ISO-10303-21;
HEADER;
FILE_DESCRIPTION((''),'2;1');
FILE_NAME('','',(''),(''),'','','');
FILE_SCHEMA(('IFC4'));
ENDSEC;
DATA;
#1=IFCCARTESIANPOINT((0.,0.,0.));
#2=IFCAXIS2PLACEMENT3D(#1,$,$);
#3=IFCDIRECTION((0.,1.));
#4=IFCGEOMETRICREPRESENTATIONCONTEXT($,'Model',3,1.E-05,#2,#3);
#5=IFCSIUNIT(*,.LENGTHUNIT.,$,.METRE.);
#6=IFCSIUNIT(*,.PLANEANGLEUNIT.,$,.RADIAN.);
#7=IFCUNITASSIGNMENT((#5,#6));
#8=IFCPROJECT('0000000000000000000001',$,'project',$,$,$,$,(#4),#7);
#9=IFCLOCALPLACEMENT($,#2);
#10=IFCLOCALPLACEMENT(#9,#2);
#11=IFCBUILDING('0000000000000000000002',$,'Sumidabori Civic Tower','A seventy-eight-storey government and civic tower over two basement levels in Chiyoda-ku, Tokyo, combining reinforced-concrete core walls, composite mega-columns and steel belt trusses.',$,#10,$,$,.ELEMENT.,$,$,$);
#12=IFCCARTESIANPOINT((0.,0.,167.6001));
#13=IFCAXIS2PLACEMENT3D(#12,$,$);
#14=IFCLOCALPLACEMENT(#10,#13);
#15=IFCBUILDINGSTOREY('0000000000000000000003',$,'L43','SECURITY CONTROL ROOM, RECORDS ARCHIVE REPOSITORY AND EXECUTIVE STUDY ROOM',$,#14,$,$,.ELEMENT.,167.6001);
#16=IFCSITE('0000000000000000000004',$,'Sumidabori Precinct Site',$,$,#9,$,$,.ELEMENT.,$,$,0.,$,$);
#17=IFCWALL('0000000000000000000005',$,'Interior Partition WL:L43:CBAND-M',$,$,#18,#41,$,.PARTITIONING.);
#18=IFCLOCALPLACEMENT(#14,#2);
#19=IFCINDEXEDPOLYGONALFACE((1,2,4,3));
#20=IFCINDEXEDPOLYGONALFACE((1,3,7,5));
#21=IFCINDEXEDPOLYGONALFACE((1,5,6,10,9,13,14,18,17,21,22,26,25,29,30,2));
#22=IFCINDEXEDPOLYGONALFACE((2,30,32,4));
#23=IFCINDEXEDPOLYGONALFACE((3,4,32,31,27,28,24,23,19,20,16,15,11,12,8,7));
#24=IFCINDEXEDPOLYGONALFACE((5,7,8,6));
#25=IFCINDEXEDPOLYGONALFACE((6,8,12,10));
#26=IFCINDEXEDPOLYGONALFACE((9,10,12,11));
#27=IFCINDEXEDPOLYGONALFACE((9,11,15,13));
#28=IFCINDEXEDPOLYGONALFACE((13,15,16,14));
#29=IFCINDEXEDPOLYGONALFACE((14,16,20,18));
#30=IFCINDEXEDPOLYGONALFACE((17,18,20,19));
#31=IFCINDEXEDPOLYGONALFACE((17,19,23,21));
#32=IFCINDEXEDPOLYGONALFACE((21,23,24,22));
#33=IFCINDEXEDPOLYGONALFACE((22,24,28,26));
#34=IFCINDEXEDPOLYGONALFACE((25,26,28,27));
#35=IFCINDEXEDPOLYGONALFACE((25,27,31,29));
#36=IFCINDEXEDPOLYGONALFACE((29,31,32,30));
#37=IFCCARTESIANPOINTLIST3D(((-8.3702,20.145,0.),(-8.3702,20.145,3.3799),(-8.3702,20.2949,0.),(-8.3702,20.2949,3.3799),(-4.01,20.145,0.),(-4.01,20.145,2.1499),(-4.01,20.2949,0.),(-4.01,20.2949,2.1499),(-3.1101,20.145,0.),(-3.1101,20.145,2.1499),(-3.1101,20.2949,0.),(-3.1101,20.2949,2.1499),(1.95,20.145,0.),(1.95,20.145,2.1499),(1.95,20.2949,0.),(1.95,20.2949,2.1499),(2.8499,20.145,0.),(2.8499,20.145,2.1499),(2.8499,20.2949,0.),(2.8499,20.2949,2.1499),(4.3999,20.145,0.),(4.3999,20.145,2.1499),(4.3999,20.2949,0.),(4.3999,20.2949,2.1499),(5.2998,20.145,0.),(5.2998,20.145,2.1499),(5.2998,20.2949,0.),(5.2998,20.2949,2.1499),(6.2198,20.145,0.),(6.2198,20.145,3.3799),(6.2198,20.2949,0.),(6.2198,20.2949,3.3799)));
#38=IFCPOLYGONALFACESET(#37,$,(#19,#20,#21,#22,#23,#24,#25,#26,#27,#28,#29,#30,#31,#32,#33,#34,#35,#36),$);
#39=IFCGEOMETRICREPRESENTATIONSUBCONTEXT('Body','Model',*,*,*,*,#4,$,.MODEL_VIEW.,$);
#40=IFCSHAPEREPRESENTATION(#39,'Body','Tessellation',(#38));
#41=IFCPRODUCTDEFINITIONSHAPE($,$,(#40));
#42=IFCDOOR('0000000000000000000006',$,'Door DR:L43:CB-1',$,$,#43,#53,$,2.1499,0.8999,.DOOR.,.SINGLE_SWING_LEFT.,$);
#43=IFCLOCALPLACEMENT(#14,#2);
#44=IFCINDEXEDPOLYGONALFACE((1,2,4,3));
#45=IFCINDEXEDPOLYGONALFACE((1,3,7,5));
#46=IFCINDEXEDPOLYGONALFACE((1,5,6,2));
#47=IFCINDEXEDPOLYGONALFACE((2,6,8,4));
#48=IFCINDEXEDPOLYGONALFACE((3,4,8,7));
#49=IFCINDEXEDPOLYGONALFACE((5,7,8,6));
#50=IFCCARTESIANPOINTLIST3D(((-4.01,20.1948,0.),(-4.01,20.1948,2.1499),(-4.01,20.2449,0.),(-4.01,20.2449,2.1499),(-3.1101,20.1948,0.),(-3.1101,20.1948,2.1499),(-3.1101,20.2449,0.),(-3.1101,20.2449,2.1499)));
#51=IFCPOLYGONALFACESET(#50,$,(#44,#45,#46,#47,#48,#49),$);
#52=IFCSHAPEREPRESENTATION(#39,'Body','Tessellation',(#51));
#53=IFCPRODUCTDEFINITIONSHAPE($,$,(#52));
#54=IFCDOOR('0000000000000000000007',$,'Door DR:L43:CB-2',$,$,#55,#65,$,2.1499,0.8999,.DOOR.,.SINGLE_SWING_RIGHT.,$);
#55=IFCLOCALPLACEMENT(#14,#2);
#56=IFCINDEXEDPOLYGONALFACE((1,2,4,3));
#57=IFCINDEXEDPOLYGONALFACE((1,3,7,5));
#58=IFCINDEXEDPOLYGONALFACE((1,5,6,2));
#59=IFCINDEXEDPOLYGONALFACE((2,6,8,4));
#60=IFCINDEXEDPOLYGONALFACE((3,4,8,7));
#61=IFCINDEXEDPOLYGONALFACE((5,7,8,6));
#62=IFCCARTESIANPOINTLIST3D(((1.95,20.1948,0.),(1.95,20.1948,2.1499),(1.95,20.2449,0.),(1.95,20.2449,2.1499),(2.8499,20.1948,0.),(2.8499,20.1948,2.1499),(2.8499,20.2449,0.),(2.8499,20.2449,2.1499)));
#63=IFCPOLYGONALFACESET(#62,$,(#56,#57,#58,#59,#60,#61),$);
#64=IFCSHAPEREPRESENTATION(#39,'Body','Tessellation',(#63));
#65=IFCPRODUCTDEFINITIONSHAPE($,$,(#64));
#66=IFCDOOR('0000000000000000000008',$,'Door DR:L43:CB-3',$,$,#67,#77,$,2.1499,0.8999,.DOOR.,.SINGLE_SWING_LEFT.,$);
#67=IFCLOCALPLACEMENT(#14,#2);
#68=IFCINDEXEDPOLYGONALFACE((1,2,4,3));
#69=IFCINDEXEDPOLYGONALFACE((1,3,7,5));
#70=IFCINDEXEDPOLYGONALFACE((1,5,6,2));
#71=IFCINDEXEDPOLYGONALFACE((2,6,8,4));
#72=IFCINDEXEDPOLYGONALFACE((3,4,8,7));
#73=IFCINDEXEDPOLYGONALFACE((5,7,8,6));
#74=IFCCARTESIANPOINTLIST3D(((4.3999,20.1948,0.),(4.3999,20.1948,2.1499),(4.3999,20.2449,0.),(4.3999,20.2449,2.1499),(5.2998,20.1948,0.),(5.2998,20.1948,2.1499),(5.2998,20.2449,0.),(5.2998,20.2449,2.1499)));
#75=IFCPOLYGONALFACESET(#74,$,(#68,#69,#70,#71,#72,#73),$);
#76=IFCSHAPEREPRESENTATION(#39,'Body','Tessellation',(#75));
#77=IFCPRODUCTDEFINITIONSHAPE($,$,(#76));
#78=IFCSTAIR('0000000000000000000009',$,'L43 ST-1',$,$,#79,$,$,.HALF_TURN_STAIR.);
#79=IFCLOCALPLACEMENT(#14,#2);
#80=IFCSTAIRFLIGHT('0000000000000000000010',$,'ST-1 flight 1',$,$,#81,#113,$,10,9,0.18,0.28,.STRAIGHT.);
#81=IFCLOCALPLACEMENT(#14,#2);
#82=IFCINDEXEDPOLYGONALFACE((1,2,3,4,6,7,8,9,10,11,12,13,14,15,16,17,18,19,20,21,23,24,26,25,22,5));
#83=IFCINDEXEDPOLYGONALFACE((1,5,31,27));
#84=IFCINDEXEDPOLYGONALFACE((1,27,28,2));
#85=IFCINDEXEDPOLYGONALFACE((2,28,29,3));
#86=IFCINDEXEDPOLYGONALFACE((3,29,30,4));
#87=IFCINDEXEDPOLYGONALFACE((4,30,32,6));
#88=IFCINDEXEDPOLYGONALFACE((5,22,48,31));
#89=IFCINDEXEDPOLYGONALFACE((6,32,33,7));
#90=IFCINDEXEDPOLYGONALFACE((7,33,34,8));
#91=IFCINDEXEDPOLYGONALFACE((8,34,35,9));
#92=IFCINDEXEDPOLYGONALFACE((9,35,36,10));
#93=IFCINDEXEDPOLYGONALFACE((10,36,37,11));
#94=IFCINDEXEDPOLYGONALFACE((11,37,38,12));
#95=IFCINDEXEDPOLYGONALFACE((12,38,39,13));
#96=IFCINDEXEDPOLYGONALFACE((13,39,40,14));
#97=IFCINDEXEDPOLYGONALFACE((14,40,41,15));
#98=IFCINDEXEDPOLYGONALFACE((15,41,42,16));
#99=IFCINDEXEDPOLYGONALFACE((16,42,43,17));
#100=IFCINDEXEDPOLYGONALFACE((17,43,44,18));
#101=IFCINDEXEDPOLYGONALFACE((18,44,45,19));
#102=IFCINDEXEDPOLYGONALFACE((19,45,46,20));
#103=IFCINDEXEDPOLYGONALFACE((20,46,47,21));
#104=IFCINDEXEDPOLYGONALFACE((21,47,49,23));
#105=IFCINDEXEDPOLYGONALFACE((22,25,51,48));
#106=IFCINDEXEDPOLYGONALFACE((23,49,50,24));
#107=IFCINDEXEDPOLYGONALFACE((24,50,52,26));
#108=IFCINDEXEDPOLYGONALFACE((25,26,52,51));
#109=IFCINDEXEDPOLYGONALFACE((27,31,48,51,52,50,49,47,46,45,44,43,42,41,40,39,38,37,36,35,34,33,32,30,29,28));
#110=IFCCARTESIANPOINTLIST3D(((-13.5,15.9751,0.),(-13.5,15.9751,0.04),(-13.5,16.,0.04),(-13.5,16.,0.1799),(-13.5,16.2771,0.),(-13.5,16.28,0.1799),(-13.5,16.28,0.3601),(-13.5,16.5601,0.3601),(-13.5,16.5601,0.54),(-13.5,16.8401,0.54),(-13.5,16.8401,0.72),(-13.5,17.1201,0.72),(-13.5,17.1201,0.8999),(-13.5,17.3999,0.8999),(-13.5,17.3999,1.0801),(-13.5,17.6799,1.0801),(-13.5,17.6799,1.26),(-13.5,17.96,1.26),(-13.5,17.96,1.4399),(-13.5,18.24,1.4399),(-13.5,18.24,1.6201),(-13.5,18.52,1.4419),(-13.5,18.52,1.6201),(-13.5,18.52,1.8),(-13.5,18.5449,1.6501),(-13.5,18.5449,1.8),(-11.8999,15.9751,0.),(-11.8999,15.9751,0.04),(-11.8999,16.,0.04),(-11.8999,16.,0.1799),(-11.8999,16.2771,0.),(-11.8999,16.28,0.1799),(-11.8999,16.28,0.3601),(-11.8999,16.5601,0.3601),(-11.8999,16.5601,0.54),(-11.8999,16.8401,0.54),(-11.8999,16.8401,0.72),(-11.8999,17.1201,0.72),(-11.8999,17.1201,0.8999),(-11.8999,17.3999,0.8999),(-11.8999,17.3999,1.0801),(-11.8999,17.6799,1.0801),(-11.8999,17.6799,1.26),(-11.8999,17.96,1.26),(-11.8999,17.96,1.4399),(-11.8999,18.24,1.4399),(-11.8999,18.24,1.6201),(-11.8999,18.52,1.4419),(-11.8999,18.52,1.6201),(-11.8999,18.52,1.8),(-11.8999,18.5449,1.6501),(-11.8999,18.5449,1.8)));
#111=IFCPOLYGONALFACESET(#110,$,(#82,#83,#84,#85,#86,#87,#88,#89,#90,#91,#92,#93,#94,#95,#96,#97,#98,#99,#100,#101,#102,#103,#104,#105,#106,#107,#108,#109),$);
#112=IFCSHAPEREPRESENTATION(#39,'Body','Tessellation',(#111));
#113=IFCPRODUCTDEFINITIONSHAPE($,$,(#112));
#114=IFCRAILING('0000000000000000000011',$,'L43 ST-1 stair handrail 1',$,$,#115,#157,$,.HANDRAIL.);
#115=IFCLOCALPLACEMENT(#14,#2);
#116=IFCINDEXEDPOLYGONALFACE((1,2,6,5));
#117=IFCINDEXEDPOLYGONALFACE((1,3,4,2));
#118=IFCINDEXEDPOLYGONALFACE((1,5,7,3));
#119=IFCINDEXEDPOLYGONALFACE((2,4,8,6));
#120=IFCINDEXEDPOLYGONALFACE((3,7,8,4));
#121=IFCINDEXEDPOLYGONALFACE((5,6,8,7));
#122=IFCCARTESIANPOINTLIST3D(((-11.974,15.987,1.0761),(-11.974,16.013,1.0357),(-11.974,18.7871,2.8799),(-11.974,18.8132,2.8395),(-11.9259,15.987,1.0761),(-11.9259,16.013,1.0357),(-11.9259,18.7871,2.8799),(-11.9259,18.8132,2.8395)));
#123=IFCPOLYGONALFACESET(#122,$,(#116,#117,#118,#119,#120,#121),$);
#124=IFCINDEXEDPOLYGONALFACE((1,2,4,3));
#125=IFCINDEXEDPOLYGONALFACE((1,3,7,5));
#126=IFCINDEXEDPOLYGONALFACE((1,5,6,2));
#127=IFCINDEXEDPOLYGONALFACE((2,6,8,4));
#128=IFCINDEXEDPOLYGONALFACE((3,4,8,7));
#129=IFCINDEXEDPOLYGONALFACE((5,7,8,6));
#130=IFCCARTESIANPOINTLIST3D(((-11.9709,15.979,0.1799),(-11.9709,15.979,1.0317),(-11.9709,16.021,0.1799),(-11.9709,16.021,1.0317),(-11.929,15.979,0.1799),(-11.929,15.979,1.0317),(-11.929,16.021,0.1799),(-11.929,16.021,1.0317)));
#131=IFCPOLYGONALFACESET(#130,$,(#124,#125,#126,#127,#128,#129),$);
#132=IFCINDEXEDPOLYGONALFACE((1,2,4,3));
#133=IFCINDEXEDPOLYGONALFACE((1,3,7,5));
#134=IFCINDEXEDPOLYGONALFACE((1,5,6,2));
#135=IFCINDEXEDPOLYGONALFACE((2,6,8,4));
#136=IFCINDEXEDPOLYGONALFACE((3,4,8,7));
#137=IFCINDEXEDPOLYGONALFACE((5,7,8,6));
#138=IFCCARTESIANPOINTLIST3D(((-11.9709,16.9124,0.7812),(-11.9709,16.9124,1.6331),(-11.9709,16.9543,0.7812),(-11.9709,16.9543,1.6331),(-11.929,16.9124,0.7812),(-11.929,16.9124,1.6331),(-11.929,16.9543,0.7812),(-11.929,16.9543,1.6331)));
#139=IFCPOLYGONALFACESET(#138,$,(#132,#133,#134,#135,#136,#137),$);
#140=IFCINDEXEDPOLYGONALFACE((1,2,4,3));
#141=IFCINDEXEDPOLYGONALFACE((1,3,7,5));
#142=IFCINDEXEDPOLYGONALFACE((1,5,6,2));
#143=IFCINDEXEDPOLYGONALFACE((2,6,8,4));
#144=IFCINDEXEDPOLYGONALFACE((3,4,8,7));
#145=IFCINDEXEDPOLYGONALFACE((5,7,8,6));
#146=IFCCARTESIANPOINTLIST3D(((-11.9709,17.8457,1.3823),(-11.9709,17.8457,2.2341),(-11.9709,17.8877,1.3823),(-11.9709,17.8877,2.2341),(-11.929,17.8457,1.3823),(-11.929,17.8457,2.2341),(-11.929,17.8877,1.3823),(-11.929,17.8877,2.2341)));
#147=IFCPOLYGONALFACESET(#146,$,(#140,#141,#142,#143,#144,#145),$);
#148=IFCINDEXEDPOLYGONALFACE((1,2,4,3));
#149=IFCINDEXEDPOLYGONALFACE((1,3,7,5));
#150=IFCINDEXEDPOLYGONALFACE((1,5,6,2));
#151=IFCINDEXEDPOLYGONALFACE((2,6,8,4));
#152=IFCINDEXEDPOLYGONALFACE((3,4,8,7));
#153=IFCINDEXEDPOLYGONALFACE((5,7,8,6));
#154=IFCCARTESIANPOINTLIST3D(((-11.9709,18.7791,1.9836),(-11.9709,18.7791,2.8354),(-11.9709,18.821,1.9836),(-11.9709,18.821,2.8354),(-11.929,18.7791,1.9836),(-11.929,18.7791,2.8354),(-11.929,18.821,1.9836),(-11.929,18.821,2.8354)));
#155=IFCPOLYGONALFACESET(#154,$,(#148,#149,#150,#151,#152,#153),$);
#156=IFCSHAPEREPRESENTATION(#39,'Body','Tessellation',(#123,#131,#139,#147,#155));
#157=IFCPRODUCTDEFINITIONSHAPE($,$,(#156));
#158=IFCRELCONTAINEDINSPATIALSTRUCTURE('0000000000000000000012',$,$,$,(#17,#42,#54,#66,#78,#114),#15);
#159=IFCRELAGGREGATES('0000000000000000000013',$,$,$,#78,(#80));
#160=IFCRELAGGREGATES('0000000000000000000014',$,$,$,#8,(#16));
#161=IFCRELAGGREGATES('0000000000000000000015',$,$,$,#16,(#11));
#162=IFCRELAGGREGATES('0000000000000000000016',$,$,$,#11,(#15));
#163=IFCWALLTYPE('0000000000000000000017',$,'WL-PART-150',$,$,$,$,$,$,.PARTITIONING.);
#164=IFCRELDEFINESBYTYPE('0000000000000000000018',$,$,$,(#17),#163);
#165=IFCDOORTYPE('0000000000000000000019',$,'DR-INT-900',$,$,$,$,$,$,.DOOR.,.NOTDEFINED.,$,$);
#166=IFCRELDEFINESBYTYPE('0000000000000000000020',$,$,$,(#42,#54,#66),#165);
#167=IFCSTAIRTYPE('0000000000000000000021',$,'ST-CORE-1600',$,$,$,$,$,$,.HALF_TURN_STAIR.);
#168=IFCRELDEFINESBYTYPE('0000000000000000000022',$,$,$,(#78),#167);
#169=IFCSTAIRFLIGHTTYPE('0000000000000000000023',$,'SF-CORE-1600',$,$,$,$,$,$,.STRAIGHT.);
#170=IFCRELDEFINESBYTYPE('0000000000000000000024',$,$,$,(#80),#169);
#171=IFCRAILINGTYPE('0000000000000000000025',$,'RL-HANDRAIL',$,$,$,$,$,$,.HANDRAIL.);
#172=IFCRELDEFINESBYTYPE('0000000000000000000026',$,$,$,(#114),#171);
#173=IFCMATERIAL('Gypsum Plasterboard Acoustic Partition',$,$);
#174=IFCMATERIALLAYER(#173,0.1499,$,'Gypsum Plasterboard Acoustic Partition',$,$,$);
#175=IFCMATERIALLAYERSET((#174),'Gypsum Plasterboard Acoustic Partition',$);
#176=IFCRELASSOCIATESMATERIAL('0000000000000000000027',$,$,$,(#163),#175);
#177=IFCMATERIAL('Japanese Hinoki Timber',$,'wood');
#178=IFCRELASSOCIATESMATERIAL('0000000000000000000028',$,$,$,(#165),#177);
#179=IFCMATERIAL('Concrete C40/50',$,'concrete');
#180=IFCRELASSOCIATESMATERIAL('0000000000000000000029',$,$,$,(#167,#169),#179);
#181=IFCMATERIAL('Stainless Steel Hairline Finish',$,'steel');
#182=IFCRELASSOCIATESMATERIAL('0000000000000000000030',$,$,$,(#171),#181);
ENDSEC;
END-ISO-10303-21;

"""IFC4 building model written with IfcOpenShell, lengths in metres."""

from ifc_helpers import new_model, si_unit, direction, frame, frame_2d, origin, origin_2d, place, context, subcontext, project, spatial, polyline, rectangle, outline, extrude, source, transform, mapped, material, layer, layer_set, type_object, element, fill, aggregate, save


model = new_model("IFC4")

# Units and contexts
model_context = context("Model", 3, precision=1e-05, world=origin(), true_north=direction((0.0, 1.0)))
body_context = subcontext(model_context, "Body", "Model", "MODEL_VIEW")
ifc_project = project(units=[si_unit("LENGTHUNIT", "METRE"), si_unit("PLANEANGLEUNIT", "RADIAN")], contexts=[model_context])

# Site, building, storey
site_placement = place(None, origin())
site = spatial("IfcSite", under=ifc_project, at=site_placement, Name="Sumidabori Precinct Site", CompositionType="ELEMENT", RefElevation=0.0)
building_placement = place(site_placement, origin())
building = spatial("IfcBuilding", under=site, at=building_placement, Name="Sumidabori Civic Tower", Description="A seventy-eight-storey government and civic tower over two basement levels in Chiyoda-ku, Tokyo, combining reinforced-concrete core walls, composite mega-columns and steel belt trusses.", CompositionType="ELEMENT")
storey_placement = place(building_placement, frame((0.0, 0.0, 167.6001)))
storey = spatial("IfcBuildingStorey", under=building, at=storey_placement, Name="L43", Description="SECURITY CONTROL ROOM, RECORDS ARCHIVE REPOSITORY AND EXECUTIVE STUDY ROOM", CompositionType="ELEMENT", Elevation=167.6001)

# Shared definitions
ifc_material_1 = material(Name="Gypsum Plasterboard Acoustic Partition")
ifc_layer_1 = layer(ifc_material_1, 0.1499, Name="Gypsum Plasterboard Acoustic Partition")
ifc_layer_set_1 = layer_set([ifc_layer_1], Name="Gypsum Plasterboard Acoustic Partition")
wall_type_1 = type_object("IfcWallType", Name="WL-PART-150", PredefinedType="PARTITIONING", material=ifc_layer_set_1)

# Wall, openings, doors
shared_shape_1 = source(origin(), body_context, "Body", "SweptSolid", [
    extrude(rectangle(XDim=14.5901, YDim=0.1499, at=frame_2d((7.2949, 0.0))), origin(), (0.0, 0.0, 1.0), 3.3799),
])
wall_1_placement = place(storey_placement, frame((-8.3701, 20.22, 0.0), z_axis=(0.0, 0.0, 1.0), x_axis=(1.0, 0.0, 0.0)))
wall_1 = element("IfcWall", 1, at=wall_1_placement, inside=storey, type_object=wall_type_1, Name="Interior Partition WL:L43:CBAND-M", PredefinedType="PARTITIONING", context=body_context, shape_type="MappedRepresentation", body=[
    mapped(shared_shape_1, transform((0.0, 0.0, 0.0), x_axis=(1.0, 0.0, 0.0), y_axis=(0.0, 1.0, 0.0), z_axis=(0.0, 0.0, 1.0), scale=1.0)),
])
opening_1_placement = place(wall_1_placement, frame((4.3601, 0.0, 0.0)))
opening_1 = element("IfcOpeningElement", 2, at=opening_1_placement, cuts=wall_1, PredefinedType="OPENING", context=body_context, shape_type="SweptSolid", body=[
    extrude(rectangle(XDim=0.8999, YDim=2.1499, at=frame_2d((0.45, 1.075))), frame((0.0, 0.0869, 0.0), z_axis=(0.0, -1.0, 0.0), x_axis=(1.0, 0.0, 0.0)), (0.0, 0.0, 1.0), 0.1738),
])
opening_2_placement = place(wall_1_placement, frame((10.3201, 0.0, 0.0)))
opening_2 = element("IfcOpeningElement", 3, at=opening_2_placement, cuts=wall_1, PredefinedType="OPENING", context=body_context, shape_type="SweptSolid", body=[
    extrude(rectangle(XDim=0.8999, YDim=2.1499, at=frame_2d((0.45, 1.075))), frame((0.0, 0.0869, 0.0), z_axis=(0.0, -1.0, 0.0), x_axis=(1.0, 0.0, 0.0)), (0.0, 0.0, 1.0), 0.1738),
])
opening_3_placement = place(wall_1_placement, frame((12.77, 0.0, 0.0)))
opening_3 = element("IfcOpeningElement", 4, at=opening_3_placement, cuts=wall_1, PredefinedType="OPENING", context=body_context, shape_type="SweptSolid", body=[
    extrude(rectangle(XDim=0.8999, YDim=2.1499, at=frame_2d((0.45, 1.075))), frame((0.0, 0.0869, 0.0), z_axis=(0.0, -1.0, 0.0), x_axis=(1.0, 0.0, 0.0)), (0.0, 0.0, 1.0), 0.1738),
])
ifc_material_2 = material(Name="Japanese Hinoki Timber", Category="wood")
door_type = type_object("IfcDoorType", Name="DR-INT-900", OperationType="NOTDEFINED", PredefinedType="DOOR", material=ifc_material_2)
shared_shape_2 = source(origin(), body_context, "Body", "SweptSolid", [
    extrude(rectangle(XDim=0.8999, YDim=2.1499, at=frame_2d((0.45, 1.075))), frame((0.0, 0.0249, 0.0), z_axis=(0.0, -1.0, 0.0), x_axis=(1.0, 0.0, 0.0)), (0.0, 0.0, 1.0), 0.05),
])
door_1_placement = place(opening_1_placement, origin())
door_1 = element("IfcDoor", 5, at=door_1_placement, inside=storey, type_object=door_type, Name="Door DR:L43:CB-1", OperationType="SINGLE_SWING_LEFT", OverallHeight=2.1499, OverallWidth=0.8999, PredefinedType="DOOR", context=body_context, shape_type="MappedRepresentation", body=[
    mapped(shared_shape_2, transform((0.0, 0.0, 0.0), x_axis=(1.0, 0.0, 0.0), y_axis=(0.0, 1.0, 0.0), z_axis=(0.0, 0.0, 1.0), scale=1.0)),
])
fill(opening_1, door_1)
door_2_placement = place(opening_2_placement, origin())
door_2 = element("IfcDoor", 6, at=door_2_placement, inside=storey, type_object=door_type, Name="Door DR:L43:CB-2", OperationType="SINGLE_SWING_RIGHT", OverallHeight=2.1499, OverallWidth=0.8999, PredefinedType="DOOR", context=body_context, shape_type="MappedRepresentation", body=[
    mapped(shared_shape_2, transform((0.0, 0.0, 0.0), x_axis=(1.0, 0.0, 0.0), y_axis=(0.0, 1.0, 0.0), z_axis=(0.0, 0.0, 1.0), scale=1.0)),
])
fill(opening_2, door_2)
door_3_placement = place(opening_3_placement, origin())
door_3 = element("IfcDoor", 7, at=door_3_placement, inside=storey, type_object=door_type, Name="Door DR:L43:CB-3", OperationType="SINGLE_SWING_LEFT", OverallHeight=2.1499, OverallWidth=0.8999, PredefinedType="DOOR", context=body_context, shape_type="MappedRepresentation", body=[
    mapped(shared_shape_2, transform((0.0, 0.0, 0.0), x_axis=(1.0, 0.0, 0.0), y_axis=(0.0, 1.0, 0.0), z_axis=(0.0, 0.0, 1.0), scale=1.0)),
])
fill(opening_3, door_3)

# Stair, stair flight
ifc_material_3 = material(Name="Concrete C40/50", Category="concrete")
stair_type = type_object("IfcStairType", Name="ST-CORE-1600", PredefinedType="HALF_TURN_STAIR", material=ifc_material_3)
stair_placement = place(storey_placement, origin())
stair = element("IfcStair", 8, at=stair_placement, inside=storey, type_object=stair_type, Name="L43 ST-1", PredefinedType="HALF_TURN_STAIR")
stair_flight_type = type_object("IfcStairFlightType", Name="SF-CORE-1600", PredefinedType="STRAIGHT", material=ifc_material_3)
shared_shape_3 = source(origin(), body_context, "Body", "SweptSolid", [
    extrude(outline(polyline([(-0.0249, 0.0), (-0.0249, 0.04), (0.0, 0.04), (0.0, 0.1799), (0.28, 0.1799), (0.28, 0.3601), (0.5601, 0.3601), (0.5601, 0.54), (0.8401, 0.54), (0.8401, 0.72), (1.1201, 0.72), (1.1201, 0.8999), (1.3999, 0.8999), (1.3999, 1.0801), (1.6799, 1.0801), (1.6799, 1.26), (1.96, 1.26), (1.96, 1.4399), (2.24, 1.4399), (2.24, 1.6201), (2.52, 1.6201), (2.52, 1.8), (2.5449, 1.8), (2.5449, 1.6501), (2.52, 1.4419), (0.2771, 0.0), (-0.0249, 0.0)])), frame((0.0, 0.8, 0.0), z_axis=(0.0, -1.0, 0.0), x_axis=(1.0, 0.0, 0.0)), (0.0, 0.0, 1.0), 1.6001),
])
stair_flight_placement = place(storey_placement, frame((-12.7, 16.0, 0.0), z_axis=(0.0, 0.0, 1.0), x_axis=(0.0, 1.0, 0.0)))
stair_flight = element("IfcStairFlight", 9, at=stair_flight_placement, type_object=stair_flight_type, Name="ST-1 flight 1", NumberOfRisers=10, NumberOfTreads=9, PredefinedType="STRAIGHT", RiserHeight=0.18, TreadLength=0.28, context=body_context, shape_type="MappedRepresentation", body=[
    mapped(shared_shape_3, transform((0.0, 0.0, 0.0), x_axis=(1.0, 0.0, 0.0), y_axis=(0.0, 1.0, 0.0), z_axis=(0.0, 0.0, 1.0), scale=1.0)),
])
aggregate(stair, [stair_flight])

# Railing
ifc_material_4 = material(Name="Stainless Steel Hairline Finish", Category="steel")
railing_type_1 = type_object("IfcRailingType", Name="RL-HANDRAIL", PredefinedType="HANDRAIL", material=ifc_material_4)
railing_1_placement = place(storey_placement, frame((-11.95, 16.0, 0.1799)))
element("IfcRailing", 10, at=railing_1_placement, inside=storey, type_object=railing_type_1, Name="L43 ST-1 stair handrail 1", PredefinedType="HANDRAIL", context=body_context, shape_type="SweptSolid", body=[
    extrude(rectangle(XDim=0.0481, YDim=0.0481, at=origin_2d()), frame((0.0, 0.0, 0.876), z_axis=(0.0, 0.840676, 0.541539), x_axis=(-1.0, 0.0, 0.0)), (0.0, 0.0, 1.0), 3.3308),
    extrude(rectangle(XDim=0.042, YDim=0.042, at=origin_2d()), origin(), (0.0, 0.0, 1.0), 0.8518),
    extrude(rectangle(XDim=0.042, YDim=0.042, at=origin_2d()), frame((0.0, 0.9333, 0.6013)), (0.0, 0.0, 1.0), 0.8518),
    extrude(rectangle(XDim=0.042, YDim=0.042, at=origin_2d()), frame((0.0, 1.8667, 1.2024)), (0.0, 0.0, 1.0), 0.8518),
    extrude(rectangle(XDim=0.042, YDim=0.042, at=origin_2d()), frame((0.0, 2.8, 1.8037)), (0.0, 0.0, 1.0), 0.8518),
])

save(model, "model.ifc")
